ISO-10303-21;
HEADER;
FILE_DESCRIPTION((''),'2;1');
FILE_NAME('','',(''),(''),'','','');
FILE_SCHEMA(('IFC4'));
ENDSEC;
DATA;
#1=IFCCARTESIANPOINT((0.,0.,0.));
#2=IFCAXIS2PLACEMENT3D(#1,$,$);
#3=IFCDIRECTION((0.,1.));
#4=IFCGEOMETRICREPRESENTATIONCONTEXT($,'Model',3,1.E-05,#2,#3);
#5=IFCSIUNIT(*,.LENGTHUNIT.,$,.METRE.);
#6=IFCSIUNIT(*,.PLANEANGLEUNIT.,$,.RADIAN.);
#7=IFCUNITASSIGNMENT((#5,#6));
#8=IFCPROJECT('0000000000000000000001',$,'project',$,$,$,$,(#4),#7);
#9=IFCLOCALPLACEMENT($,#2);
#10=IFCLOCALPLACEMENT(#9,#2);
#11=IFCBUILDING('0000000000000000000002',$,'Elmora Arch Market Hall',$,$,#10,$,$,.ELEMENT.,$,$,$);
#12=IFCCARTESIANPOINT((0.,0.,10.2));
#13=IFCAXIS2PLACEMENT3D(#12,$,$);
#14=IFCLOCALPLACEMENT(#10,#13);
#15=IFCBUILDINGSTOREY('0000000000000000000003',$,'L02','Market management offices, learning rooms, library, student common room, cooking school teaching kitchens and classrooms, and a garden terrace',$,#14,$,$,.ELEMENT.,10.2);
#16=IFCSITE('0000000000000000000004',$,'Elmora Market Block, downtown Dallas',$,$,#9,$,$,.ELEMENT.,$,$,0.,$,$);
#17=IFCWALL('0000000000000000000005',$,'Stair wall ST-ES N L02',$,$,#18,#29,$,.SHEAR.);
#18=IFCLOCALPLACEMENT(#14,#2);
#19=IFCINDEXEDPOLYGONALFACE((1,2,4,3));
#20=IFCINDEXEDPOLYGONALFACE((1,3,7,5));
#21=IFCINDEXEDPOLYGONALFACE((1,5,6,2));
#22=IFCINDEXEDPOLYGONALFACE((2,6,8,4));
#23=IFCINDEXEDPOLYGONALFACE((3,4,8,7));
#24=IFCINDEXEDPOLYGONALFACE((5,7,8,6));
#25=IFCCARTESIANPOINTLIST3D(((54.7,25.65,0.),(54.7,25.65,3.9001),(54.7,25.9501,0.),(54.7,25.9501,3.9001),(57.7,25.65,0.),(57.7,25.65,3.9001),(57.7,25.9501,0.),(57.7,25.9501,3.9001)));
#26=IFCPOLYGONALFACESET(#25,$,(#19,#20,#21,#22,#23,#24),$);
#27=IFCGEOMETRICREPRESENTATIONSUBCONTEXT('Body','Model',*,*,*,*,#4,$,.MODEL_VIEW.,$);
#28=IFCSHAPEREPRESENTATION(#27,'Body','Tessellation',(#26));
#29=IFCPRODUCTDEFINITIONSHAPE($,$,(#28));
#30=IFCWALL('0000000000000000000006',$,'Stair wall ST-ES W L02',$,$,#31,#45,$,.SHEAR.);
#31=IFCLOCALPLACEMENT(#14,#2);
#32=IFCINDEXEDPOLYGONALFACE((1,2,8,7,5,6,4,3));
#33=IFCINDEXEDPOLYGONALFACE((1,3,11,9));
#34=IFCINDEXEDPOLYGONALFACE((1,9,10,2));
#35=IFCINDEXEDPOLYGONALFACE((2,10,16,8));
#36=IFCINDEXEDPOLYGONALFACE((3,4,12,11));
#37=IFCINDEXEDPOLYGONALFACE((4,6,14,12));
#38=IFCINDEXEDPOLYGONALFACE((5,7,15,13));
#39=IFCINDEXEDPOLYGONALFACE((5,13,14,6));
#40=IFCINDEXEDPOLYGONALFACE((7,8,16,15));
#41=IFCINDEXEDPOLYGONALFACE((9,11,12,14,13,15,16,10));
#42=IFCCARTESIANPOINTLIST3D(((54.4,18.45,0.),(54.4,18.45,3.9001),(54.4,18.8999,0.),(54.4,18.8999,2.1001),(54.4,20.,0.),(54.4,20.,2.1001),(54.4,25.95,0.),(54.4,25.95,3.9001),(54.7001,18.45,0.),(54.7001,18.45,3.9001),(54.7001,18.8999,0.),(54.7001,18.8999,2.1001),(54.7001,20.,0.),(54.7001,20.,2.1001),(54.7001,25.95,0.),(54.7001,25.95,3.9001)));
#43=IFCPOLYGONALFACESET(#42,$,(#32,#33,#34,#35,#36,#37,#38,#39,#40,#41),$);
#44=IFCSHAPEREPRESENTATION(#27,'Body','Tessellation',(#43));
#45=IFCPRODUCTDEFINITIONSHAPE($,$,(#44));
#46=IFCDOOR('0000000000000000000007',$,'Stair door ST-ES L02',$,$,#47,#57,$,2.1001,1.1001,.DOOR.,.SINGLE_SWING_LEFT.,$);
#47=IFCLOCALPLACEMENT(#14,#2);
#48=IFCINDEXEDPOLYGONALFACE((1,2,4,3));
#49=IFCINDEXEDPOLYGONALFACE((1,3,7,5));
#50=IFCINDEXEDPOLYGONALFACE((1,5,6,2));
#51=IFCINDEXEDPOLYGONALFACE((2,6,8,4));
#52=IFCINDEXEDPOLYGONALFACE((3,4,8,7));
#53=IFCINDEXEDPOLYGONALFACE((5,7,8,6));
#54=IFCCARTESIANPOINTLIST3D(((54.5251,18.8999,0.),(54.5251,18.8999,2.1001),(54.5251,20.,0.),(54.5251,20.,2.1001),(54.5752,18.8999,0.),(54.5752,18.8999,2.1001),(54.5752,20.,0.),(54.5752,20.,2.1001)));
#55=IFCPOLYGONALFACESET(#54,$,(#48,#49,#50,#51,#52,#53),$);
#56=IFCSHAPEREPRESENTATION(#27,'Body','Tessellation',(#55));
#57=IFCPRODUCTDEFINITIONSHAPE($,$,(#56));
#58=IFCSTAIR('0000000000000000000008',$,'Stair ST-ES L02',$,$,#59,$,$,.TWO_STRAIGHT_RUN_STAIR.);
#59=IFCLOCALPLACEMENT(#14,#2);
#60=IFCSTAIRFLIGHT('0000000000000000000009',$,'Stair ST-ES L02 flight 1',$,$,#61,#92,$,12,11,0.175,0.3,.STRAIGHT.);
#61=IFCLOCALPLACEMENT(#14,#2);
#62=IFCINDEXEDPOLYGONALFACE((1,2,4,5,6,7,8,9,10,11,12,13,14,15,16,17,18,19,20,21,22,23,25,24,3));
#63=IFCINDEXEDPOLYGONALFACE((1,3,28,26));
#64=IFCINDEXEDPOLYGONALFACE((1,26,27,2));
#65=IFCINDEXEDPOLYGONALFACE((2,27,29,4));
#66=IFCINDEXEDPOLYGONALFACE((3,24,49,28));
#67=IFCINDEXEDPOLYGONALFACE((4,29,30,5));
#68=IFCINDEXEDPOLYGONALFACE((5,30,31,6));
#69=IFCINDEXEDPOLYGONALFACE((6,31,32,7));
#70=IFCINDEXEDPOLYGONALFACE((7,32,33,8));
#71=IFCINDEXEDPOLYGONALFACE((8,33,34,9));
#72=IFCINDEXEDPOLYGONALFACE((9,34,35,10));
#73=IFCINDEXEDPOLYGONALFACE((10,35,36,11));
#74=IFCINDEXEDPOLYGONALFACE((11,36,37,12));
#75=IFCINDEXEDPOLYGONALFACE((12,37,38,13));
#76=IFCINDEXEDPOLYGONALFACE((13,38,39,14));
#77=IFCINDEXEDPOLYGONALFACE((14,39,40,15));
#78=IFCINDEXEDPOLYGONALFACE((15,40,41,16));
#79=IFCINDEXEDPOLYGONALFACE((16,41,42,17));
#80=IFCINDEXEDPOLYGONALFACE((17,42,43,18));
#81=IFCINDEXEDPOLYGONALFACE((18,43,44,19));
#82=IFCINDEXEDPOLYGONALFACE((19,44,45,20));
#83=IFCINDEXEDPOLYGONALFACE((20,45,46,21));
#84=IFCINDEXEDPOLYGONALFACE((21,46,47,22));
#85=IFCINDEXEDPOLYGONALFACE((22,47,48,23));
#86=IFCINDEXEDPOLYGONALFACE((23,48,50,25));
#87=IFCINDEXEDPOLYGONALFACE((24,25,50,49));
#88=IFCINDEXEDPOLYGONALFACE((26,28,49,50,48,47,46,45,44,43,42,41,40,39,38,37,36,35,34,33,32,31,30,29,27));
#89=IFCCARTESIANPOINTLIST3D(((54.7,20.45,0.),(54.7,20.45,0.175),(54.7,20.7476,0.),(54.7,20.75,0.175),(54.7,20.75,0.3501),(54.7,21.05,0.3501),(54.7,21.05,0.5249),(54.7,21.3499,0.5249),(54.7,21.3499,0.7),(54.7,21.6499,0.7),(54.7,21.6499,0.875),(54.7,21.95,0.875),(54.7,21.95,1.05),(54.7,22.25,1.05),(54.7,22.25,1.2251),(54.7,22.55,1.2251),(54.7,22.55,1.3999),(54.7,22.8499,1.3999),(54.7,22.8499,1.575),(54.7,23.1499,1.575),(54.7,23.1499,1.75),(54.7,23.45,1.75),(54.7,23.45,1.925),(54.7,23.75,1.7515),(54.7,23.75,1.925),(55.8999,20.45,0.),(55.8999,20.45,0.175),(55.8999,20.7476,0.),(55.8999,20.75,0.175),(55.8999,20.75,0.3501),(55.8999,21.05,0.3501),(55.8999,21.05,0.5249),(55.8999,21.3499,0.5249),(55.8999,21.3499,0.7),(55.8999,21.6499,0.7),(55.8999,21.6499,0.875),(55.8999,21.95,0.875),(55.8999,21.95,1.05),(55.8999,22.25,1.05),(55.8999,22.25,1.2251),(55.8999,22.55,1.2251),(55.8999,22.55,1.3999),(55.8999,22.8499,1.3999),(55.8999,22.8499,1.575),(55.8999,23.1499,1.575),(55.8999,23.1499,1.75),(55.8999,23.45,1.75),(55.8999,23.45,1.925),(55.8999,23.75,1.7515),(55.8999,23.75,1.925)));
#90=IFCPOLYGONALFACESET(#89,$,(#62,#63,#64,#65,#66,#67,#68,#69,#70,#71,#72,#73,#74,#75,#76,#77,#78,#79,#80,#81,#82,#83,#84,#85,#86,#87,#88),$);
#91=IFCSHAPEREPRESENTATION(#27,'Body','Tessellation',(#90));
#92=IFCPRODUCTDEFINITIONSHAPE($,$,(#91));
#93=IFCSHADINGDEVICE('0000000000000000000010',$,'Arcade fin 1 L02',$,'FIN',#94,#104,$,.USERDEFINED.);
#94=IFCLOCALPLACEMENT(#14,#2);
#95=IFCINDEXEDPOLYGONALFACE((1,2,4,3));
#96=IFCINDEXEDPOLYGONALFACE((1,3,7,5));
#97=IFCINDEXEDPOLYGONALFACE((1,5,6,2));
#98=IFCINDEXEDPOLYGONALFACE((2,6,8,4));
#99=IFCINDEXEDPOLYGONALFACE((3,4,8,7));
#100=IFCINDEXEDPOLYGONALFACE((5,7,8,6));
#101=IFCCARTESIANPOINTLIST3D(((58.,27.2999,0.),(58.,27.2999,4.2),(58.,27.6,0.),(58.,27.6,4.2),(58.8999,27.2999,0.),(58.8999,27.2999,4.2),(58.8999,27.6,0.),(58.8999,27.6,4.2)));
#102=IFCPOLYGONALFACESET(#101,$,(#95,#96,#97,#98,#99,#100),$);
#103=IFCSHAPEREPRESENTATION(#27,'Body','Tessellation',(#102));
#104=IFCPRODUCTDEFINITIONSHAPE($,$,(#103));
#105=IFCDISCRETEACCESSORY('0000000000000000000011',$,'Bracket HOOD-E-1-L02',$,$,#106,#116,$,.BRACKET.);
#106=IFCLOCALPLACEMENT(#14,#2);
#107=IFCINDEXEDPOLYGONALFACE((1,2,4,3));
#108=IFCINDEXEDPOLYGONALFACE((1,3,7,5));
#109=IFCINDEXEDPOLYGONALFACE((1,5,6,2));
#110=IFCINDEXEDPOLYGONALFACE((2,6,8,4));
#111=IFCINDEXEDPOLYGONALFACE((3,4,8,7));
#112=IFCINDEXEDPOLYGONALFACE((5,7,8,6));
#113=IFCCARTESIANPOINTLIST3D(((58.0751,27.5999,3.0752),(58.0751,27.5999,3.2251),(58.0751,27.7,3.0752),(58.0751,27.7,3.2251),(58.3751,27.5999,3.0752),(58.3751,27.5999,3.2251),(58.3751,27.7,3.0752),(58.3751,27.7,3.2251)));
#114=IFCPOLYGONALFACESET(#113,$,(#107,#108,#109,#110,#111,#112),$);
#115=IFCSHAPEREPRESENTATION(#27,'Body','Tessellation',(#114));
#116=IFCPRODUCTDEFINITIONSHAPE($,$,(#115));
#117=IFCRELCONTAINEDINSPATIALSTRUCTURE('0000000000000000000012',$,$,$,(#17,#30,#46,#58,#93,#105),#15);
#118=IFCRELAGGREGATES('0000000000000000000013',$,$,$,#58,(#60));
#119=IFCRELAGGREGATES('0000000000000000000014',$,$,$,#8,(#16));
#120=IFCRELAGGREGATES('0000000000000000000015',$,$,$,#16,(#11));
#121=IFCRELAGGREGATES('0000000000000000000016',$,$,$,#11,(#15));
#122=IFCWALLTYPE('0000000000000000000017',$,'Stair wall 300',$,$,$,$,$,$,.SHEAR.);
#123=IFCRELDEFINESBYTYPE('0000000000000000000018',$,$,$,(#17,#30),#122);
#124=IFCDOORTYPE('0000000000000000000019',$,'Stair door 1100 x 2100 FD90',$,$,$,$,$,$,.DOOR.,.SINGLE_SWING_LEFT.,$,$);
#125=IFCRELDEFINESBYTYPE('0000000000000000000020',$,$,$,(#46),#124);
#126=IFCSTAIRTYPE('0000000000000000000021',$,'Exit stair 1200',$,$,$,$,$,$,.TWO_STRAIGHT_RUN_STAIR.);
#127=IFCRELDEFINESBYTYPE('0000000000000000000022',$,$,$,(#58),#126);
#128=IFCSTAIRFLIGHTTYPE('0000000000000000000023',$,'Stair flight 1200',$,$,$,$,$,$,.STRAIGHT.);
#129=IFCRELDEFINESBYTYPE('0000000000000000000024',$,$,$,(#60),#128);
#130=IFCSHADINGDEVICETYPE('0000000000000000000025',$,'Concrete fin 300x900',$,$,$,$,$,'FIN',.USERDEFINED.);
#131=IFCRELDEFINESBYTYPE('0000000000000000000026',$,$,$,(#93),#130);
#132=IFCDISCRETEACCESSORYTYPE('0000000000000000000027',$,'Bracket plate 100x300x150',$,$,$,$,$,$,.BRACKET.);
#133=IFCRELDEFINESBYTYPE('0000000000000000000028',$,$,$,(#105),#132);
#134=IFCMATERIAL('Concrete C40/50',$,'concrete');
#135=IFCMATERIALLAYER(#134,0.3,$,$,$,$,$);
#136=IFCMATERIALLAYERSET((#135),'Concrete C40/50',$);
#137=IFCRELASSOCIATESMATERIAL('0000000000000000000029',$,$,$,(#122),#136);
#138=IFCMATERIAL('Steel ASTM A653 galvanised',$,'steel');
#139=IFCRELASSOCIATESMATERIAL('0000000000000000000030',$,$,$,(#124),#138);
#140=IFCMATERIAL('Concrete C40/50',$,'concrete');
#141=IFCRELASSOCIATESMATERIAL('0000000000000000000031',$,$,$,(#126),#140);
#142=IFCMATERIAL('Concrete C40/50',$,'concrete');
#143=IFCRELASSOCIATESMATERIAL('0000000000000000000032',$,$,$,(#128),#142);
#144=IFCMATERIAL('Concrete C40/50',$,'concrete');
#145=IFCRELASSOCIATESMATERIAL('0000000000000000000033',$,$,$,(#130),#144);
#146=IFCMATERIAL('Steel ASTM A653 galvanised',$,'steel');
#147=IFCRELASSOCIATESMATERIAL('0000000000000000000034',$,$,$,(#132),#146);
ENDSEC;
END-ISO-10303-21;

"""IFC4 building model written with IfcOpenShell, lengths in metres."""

from ifc_helpers import new_model, si_unit, direction, frame, frame_2d, origin, origin_2d, place, context, subcontext, project, spatial, polyline, rectangle, outline, extrude, material, layer, layer_set, type_object, element, fill, aggregate, save


model = new_model("IFC4")

# Units and contexts
model_context = context("Model", 3, precision=1e-05, world=origin(), true_north=direction((0.0, 1.0)))
body_context = subcontext(model_context, "Body", "Model", "MODEL_VIEW")
ifc_project = project(units=[si_unit("LENGTHUNIT", "METRE"), si_unit("PLANEANGLEUNIT", "RADIAN")], contexts=[model_context])

# Site, building, storey
site_placement = place(None, origin())
site = spatial("IfcSite", under=ifc_project, at=site_placement, Name="Elmora Market Block, downtown Dallas", CompositionType="ELEMENT", RefElevation=0.0)
building_placement = place(site_placement, origin())
building = spatial("IfcBuilding", under=site, at=building_placement, Name="Elmora Arch Market Hall", CompositionType="ELEMENT")
storey_placement = place(building_placement, frame((0.0, 0.0, 10.2)))
storey = spatial("IfcBuildingStorey", under=building, at=storey_placement, Name="L02", Description="Market management offices, learning rooms, library, student common room, cooking school teaching kitchens and classrooms, and a garden terrace", CompositionType="ELEMENT", Elevation=10.2)

# Wall
ifc_material_1 = material(Name="Concrete C40/50", Category="concrete")
ifc_layer_1 = layer(ifc_material_1, 0.3)
ifc_layer_set_1 = layer_set([ifc_layer_1], Name="Concrete C40/50")
wall_type_1 = type_object("IfcWallType", Name="Stair wall 300", PredefinedType="SHEAR", material=ifc_layer_set_1)
wall_1_placement = place(storey_placement, frame((54.7, 25.8, 0.0), z_axis=(0.0, 0.0, 1.0), x_axis=(1.0, 0.0, 0.0)))
element("IfcWall", 1, at=wall_1_placement, inside=storey, type_object=wall_type_1, Name="Stair wall ST-ES N L02", PredefinedType="SHEAR", context=body_context, shape_type="SweptSolid", body=[
    extrude(rectangle(XDim=3.0, YDim=0.3, at=frame_2d((1.5, 0.0))), origin(), (0.0, 0.0, 1.0), 3.9001),
])

# Wall, opening, door
wall_2_placement = place(storey_placement, frame((54.55, 18.45, 0.0), z_axis=(0.0, 0.0, 1.0), x_axis=(0.0, 1.0, 0.0)))
wall_2 = element("IfcWall", 2, at=wall_2_placement, inside=storey, type_object=wall_type_1, Name="Stair wall ST-ES W L02", PredefinedType="SHEAR", context=body_context, shape_type="SweptSolid", body=[
    extrude(rectangle(XDim=7.5, YDim=0.3, at=frame_2d((3.75, 0.0))), origin(), (0.0, 0.0, 1.0), 3.9001),
])
opening_1_placement = place(wall_2_placement, frame((0.45, 0.0, 0.0)))
opening_1 = element("IfcOpeningElement", 3, at=opening_1_placement, cuts=wall_2, PredefinedType="OPENING", context=body_context, shape_type="SweptSolid", body=[
    extrude(rectangle(XDim=1.1001, YDim=2.1001, at=frame_2d((0.55, 1.05))), frame((0.0, 0.1599, 0.0), z_axis=(0.0, -1.0, 0.0), x_axis=(1.0, 0.0, 0.0)), (0.0, 0.0, 1.0), 0.3201),
])
ifc_material_2 = material(Name="Steel ASTM A653 galvanised", Category="steel")
door_type = type_object("IfcDoorType", Name="Stair door 1100 x 2100 FD90", OperationType="SINGLE_SWING_LEFT", PredefinedType="DOOR", material=ifc_material_2)
door_placement = place(opening_1_placement, origin())
door = element("IfcDoor", 4, at=door_placement, inside=storey, type_object=door_type, Name="Stair door ST-ES L02", OperationType="SINGLE_SWING_LEFT", OverallHeight=2.1001, OverallWidth=1.1001, PredefinedType="DOOR", context=body_context, shape_type="SweptSolid", body=[
    extrude(rectangle(XDim=1.1001, YDim=2.1001, at=frame_2d((0.55, 1.05))), frame((0.0, 0.0249, 0.0), z_axis=(0.0, -1.0, 0.0), x_axis=(1.0, 0.0, 0.0)), (0.0, 0.0, 1.0), 0.05),
])
fill(opening_1, door)

# Stair, stair flight
ifc_material_3 = material(Name="Concrete C40/50", Category="concrete")
stair_type = type_object("IfcStairType", Name="Exit stair 1200", PredefinedType="TWO_STRAIGHT_RUN_STAIR", material=ifc_material_3)
stair_placement = place(storey_placement, origin())
stair = element("IfcStair", 5, at=stair_placement, inside=storey, type_object=stair_type, Name="Stair ST-ES L02", PredefinedType="TWO_STRAIGHT_RUN_STAIR")
ifc_material_4 = material(Name="Concrete C40/50", Category="concrete")
stair_flight_type = type_object("IfcStairFlightType", Name="Stair flight 1200", PredefinedType="STRAIGHT", material=ifc_material_4)
stair_flight_placement = place(storey_placement, frame((55.3, 20.45, 0.0), z_axis=(0.0, 0.0, 1.0), x_axis=(0.0, 1.0, 0.0)))
stair_flight = element("IfcStairFlight", 6, at=stair_flight_placement, type_object=stair_flight_type, Name="Stair ST-ES L02 flight 1", NumberOfRisers=12, NumberOfTreads=11, PredefinedType="STRAIGHT", RiserHeight=0.175, TreadLength=0.3, context=body_context, shape_type="SweptSolid", body=[
    extrude(outline(polyline([(0.0, 0.0), (0.0, 0.175), (0.3, 0.175), (0.3, 0.3501), (0.6001, 0.3501), (0.6001, 0.5249), (0.8999, 0.5249), (0.8999, 0.7), (1.2, 0.7), (1.2, 0.875), (1.5, 0.875), (1.5, 1.05), (1.8, 1.05), (1.8, 1.2251), (2.1001, 1.2251), (2.1001, 1.3999), (2.3999, 1.3999), (2.3999, 1.575), (2.7, 1.575), (2.7, 1.75), (3.0, 1.75), (3.0, 1.925), (3.3, 1.925), (3.3, 2.1001), (3.3, 1.7515), (0.2976, 0.0), (0.0, 0.0)])), frame((0.0, 0.6001, 0.0), z_axis=(0.0, -1.0, 0.0), x_axis=(1.0, 0.0, 0.0)), (0.0, 0.0, 1.0), 1.2),
])
aggregate(stair, [stair_flight])

# Shading device
ifc_material_5 = material(Name="Concrete C40/50", Category="concrete")
shading_device_type = type_object("IfcShadingDeviceType", Name="Concrete fin 300x900", ElementType="FIN", PredefinedType="USERDEFINED", material=ifc_material_5)
shading_device_placement = place(storey_placement, frame((58.45, 27.45, 0.0), z_axis=(0.0, 0.0, 1.0), x_axis=(1.0, 0.0, 0.0)))
element("IfcShadingDevice", 7, at=shading_device_placement, inside=storey, type_object=shading_device_type, Name="Arcade fin 1 L02", ObjectType="FIN", PredefinedType="USERDEFINED", context=body_context, shape_type="SweptSolid", body=[
    extrude(rectangle(XDim=0.8999, YDim=0.3, at=origin_2d()), origin(), (0.0, 0.0, 1.0), 4.2),
])

# Discrete accessory
ifc_material_6 = material(Name="Steel ASTM A653 galvanised", Category="steel")
discrete_accessory_type = type_object("IfcDiscreteAccessoryType", Name="Bracket plate 100x300x150", PredefinedType="BRACKET", material=ifc_material_6)
discrete_accessory_placement = place(storey_placement, frame((58.2251, 27.6499, 3.0752), z_axis=(0.0, 0.0, 1.0), x_axis=(1.0, 0.0, 0.0)))
element("IfcDiscreteAccessory", 8, at=discrete_accessory_placement, inside=storey, type_object=discrete_accessory_type, Name="Bracket HOOD-E-1-L02", PredefinedType="BRACKET", context=body_context, shape_type="SweptSolid", body=[
    extrude(rectangle(XDim=0.3, YDim=0.1001, at=origin_2d()), origin(), (0.0, 0.0, 1.0), 0.1499),
])

save(model, "model.ifc")
